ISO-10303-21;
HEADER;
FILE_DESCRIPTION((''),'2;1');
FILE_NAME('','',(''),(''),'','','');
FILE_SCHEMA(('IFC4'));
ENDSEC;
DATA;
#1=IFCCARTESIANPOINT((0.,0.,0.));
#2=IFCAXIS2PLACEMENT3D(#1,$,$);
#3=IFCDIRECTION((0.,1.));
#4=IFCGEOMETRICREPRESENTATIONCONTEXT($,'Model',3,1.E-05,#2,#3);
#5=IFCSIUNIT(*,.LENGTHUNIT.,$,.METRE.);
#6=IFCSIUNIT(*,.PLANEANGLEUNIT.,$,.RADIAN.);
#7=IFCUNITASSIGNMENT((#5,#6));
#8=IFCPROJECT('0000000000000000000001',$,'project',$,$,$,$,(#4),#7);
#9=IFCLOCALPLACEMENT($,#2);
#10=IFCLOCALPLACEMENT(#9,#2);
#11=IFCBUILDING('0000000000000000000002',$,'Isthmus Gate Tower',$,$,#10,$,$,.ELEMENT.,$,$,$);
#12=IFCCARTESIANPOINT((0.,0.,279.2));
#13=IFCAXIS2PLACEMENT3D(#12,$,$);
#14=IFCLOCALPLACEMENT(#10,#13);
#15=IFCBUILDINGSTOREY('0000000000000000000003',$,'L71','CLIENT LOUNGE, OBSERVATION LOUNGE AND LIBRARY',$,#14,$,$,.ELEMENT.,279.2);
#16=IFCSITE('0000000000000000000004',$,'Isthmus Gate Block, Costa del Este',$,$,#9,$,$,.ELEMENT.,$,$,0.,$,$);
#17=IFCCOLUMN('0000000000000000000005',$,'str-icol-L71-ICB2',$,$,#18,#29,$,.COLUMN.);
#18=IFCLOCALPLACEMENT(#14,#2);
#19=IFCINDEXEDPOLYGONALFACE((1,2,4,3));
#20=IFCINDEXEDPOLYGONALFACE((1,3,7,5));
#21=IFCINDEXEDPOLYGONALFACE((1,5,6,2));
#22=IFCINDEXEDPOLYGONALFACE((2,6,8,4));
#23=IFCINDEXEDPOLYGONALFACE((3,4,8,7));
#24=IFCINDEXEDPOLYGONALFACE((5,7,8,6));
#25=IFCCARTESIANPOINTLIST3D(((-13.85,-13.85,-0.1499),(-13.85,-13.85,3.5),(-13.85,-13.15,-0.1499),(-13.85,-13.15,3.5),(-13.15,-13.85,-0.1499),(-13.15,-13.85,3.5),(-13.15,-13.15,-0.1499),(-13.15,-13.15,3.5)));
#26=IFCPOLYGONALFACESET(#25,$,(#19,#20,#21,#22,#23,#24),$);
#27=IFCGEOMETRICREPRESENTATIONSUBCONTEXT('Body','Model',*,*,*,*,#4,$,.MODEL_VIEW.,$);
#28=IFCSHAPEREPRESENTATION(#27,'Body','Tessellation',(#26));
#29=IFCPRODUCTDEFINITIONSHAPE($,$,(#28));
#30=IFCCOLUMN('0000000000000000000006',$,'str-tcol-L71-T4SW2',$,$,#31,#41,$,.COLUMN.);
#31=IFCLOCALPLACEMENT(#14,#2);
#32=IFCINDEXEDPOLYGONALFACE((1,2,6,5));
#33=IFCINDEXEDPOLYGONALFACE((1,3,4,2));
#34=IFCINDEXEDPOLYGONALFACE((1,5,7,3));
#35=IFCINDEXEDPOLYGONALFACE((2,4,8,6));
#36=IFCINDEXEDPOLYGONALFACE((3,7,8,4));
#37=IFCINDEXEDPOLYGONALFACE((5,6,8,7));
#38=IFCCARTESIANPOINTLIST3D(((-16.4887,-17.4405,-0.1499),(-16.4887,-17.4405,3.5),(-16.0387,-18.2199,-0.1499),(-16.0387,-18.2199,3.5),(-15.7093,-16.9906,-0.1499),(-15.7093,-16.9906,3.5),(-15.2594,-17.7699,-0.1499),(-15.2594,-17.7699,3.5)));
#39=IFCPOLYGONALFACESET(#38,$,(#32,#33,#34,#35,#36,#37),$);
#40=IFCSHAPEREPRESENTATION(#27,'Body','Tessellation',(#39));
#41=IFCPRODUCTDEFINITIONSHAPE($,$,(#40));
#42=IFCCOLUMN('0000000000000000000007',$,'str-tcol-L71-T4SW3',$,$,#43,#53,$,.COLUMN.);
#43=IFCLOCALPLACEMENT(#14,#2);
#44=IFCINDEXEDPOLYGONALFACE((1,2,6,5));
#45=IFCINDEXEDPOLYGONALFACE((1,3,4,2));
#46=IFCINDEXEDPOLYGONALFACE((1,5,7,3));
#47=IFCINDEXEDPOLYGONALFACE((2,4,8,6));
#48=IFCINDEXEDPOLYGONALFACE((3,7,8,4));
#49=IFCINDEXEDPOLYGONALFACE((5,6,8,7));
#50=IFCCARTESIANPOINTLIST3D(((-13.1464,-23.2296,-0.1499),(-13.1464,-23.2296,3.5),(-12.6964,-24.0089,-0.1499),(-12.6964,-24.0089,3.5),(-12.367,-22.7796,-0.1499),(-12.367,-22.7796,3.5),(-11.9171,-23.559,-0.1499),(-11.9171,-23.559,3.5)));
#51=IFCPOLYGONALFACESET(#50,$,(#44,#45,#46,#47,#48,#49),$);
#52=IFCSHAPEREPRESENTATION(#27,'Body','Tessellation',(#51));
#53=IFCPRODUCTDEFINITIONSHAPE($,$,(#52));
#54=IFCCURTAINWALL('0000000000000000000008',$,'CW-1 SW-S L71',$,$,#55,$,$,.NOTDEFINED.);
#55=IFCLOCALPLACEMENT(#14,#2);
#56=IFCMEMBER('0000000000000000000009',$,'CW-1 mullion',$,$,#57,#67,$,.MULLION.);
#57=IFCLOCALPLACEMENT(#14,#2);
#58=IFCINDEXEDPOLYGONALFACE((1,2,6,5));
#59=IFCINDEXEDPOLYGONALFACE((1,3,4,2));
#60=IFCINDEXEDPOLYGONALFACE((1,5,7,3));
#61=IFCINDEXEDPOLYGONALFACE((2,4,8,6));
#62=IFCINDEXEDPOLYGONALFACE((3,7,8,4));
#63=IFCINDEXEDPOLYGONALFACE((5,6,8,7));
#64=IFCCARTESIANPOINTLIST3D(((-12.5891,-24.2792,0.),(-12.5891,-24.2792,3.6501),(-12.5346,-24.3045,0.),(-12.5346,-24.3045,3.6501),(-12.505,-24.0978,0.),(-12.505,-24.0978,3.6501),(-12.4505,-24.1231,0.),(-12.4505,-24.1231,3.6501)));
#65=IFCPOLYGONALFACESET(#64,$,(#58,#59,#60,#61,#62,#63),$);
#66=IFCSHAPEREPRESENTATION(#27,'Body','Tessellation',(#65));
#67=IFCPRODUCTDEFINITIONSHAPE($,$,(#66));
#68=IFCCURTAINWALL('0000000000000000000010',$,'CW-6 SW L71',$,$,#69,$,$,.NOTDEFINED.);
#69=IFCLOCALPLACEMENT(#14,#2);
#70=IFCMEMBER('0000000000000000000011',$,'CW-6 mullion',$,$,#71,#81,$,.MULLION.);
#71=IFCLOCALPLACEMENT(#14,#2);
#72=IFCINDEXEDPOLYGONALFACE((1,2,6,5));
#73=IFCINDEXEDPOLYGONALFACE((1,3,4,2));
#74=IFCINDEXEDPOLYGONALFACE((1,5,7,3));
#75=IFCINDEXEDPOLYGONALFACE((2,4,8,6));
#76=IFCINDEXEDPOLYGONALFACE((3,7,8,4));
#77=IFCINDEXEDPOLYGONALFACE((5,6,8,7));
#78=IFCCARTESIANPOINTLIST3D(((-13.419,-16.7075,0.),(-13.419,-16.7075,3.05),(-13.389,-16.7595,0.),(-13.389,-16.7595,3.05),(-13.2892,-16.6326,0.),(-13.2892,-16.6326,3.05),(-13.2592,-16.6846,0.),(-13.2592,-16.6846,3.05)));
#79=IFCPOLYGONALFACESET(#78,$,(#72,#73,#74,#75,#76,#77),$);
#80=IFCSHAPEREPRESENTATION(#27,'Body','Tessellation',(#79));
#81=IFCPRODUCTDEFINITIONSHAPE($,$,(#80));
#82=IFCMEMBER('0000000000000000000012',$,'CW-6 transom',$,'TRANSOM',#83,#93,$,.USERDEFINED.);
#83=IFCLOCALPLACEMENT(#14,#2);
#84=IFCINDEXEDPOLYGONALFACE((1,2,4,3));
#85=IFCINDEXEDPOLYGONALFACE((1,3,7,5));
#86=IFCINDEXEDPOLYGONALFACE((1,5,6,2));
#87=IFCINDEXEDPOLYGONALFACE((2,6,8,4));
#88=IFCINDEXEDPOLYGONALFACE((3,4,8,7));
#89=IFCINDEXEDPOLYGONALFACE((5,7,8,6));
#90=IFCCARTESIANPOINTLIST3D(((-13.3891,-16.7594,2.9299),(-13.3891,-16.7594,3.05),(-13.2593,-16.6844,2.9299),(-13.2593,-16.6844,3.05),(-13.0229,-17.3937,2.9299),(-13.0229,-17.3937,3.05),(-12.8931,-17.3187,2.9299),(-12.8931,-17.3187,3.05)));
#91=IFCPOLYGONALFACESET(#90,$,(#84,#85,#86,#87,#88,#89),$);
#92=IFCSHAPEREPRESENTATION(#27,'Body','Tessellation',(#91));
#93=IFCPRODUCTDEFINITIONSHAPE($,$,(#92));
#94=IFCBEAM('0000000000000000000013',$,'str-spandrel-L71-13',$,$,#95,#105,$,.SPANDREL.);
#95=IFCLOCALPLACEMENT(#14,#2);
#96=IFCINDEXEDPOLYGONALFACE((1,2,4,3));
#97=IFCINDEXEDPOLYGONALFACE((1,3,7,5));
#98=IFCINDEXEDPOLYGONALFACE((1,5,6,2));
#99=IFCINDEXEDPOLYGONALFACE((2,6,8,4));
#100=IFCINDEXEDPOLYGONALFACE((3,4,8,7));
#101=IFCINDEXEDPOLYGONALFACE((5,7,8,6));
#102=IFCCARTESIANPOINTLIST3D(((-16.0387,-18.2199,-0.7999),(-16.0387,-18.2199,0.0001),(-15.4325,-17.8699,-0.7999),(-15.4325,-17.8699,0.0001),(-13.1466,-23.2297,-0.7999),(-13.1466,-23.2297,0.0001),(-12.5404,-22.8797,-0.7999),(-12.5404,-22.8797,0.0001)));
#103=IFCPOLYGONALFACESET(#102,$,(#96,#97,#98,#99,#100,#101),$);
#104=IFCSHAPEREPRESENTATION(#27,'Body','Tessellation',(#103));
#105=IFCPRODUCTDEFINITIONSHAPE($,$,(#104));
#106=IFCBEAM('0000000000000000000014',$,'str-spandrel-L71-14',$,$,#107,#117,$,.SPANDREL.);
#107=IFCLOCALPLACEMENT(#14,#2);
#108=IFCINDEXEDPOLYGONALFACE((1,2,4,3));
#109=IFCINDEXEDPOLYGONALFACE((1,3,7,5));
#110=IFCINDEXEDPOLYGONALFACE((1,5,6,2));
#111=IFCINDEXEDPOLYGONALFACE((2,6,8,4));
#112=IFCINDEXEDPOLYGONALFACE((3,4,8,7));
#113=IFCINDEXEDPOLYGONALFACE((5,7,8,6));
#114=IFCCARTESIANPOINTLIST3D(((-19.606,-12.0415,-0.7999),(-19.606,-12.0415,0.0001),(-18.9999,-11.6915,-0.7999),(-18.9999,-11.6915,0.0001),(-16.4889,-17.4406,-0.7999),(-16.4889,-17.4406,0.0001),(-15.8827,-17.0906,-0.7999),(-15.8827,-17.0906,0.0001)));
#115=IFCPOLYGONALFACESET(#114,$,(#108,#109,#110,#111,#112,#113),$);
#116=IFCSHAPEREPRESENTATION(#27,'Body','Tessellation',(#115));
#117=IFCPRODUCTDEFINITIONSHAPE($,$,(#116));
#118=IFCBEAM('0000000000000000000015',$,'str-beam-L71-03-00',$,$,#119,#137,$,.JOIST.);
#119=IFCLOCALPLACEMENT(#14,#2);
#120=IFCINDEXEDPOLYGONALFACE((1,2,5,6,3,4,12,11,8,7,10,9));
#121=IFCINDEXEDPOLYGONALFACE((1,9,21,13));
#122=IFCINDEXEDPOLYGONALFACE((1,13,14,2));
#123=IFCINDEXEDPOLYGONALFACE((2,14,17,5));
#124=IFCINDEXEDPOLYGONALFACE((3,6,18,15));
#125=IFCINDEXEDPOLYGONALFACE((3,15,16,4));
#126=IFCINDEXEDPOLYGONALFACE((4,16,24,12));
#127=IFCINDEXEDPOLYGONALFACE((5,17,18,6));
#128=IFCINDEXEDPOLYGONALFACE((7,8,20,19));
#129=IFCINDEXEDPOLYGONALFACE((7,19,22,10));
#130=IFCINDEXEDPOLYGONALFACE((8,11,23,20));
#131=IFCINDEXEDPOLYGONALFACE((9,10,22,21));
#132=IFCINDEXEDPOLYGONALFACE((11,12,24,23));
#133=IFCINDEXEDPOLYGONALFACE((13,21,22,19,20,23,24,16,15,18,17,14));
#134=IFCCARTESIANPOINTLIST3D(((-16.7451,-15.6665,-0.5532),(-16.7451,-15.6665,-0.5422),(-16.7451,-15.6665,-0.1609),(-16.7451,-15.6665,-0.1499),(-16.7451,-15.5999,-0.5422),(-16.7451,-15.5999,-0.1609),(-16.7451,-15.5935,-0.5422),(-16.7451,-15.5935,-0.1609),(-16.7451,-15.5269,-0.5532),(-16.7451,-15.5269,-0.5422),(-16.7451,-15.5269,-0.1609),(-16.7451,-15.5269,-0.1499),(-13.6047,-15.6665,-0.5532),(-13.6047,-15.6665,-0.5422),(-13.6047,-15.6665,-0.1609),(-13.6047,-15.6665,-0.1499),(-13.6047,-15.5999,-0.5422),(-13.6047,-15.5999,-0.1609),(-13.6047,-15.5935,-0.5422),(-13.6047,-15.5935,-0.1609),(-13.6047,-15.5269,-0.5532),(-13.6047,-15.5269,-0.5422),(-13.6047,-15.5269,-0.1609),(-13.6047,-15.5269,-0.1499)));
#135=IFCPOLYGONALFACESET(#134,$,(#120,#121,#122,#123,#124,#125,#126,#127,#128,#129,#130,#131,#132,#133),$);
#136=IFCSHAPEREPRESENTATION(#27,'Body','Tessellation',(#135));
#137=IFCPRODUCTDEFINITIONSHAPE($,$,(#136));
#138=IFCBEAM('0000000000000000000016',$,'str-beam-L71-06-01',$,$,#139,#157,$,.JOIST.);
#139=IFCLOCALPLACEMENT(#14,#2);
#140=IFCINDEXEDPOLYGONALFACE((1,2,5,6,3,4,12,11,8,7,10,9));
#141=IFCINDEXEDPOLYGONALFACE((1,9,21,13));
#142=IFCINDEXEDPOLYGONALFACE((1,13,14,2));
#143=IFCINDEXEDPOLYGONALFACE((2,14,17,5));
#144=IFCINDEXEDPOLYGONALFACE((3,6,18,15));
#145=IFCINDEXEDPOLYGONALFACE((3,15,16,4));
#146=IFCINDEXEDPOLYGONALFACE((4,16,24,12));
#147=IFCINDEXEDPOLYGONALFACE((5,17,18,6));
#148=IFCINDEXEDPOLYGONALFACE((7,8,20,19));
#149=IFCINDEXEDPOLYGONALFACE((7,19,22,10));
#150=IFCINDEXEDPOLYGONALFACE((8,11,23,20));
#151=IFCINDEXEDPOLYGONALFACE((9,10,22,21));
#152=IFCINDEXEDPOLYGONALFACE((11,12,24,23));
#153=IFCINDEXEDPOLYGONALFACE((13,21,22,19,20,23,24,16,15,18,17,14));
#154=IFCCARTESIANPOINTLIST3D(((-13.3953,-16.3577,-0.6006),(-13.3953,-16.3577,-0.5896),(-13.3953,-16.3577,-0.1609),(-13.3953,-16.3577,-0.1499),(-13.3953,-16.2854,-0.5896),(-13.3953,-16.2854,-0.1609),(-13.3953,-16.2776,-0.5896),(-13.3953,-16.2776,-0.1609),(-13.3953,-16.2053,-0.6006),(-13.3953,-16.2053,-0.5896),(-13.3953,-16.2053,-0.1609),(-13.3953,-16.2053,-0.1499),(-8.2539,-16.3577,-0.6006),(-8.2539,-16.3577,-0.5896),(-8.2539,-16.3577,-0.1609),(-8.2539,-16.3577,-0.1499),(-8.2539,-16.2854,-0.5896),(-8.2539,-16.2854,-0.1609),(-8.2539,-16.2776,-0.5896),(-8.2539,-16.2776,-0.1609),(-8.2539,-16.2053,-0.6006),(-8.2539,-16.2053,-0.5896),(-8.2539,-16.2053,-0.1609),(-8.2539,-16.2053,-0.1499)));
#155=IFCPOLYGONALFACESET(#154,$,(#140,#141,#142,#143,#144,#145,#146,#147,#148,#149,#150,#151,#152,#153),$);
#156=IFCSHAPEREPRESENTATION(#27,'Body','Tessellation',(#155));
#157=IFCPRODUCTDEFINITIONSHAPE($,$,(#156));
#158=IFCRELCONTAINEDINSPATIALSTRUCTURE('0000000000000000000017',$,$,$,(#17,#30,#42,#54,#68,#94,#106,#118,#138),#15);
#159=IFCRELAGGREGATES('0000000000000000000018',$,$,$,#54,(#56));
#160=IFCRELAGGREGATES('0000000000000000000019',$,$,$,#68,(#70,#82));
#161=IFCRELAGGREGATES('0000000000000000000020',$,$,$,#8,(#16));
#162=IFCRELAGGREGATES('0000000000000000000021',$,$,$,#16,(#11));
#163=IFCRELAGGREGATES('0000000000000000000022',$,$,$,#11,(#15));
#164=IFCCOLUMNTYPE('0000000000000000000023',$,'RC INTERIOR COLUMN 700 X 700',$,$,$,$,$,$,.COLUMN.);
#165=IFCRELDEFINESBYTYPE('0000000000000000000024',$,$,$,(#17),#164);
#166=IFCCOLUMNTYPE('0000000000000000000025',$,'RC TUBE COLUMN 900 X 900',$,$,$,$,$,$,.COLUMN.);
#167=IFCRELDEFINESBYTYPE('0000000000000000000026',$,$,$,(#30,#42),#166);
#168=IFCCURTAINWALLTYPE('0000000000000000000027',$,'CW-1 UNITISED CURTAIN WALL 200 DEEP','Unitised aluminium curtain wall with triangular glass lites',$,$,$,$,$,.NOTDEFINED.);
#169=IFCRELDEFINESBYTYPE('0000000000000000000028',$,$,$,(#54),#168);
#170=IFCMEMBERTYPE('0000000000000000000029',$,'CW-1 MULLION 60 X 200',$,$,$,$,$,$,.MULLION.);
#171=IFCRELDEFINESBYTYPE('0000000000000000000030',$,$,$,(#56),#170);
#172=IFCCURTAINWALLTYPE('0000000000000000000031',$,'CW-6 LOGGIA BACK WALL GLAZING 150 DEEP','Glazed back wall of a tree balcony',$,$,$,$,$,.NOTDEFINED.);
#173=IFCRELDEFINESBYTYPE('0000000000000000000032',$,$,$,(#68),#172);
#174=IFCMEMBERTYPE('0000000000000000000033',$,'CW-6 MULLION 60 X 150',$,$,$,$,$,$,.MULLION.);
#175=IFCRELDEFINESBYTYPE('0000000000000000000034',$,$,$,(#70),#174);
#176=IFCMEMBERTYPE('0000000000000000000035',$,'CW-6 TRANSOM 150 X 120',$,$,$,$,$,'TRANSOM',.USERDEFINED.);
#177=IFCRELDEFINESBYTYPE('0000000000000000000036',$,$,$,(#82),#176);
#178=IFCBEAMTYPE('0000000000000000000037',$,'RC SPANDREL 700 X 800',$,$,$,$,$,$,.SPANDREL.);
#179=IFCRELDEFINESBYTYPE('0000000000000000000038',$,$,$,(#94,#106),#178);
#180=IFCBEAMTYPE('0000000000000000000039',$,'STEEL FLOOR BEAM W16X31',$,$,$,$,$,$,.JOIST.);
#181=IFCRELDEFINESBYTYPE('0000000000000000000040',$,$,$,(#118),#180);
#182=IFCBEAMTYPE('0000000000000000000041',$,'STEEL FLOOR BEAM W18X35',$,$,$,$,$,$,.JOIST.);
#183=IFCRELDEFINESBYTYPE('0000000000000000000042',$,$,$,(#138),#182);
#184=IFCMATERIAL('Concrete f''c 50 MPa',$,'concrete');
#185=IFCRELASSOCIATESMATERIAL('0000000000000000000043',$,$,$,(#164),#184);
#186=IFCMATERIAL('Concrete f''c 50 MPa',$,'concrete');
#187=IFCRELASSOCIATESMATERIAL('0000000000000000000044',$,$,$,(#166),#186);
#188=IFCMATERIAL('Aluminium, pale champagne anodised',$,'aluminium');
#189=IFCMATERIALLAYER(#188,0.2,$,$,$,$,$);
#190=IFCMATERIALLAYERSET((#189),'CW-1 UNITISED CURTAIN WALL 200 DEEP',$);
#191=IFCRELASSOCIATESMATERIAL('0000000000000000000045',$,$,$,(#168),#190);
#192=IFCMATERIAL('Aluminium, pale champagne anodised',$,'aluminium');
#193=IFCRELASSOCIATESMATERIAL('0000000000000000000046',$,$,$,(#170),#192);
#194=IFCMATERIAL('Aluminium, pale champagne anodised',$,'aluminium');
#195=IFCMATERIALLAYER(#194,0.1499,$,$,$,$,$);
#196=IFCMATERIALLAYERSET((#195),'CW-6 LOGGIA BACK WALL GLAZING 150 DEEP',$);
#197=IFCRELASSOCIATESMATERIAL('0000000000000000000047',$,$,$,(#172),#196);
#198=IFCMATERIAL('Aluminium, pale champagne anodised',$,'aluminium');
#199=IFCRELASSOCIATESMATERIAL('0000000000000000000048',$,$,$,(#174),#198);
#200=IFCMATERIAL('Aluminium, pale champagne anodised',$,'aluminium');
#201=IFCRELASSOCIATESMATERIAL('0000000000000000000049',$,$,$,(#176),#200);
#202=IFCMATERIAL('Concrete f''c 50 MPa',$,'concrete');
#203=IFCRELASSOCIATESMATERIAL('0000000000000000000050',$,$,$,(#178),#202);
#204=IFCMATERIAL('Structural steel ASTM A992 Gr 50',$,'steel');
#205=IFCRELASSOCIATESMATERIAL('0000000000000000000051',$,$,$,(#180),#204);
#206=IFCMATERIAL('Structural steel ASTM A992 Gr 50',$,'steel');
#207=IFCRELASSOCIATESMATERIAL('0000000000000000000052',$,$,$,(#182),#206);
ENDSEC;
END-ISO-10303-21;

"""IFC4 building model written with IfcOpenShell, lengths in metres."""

from ifc_helpers import new_model, si_unit, direction, frame, origin, origin_2d, place, context, subcontext, project, spatial, rectangle, i_section, extrude, material, layer, layer_set, material_profile, profile_set, type_object, element, aggregate, save


model = new_model("IFC4")

# Units and contexts
model_context = context("Model", 3, precision=1e-05, world=origin(), true_north=direction((0.0, 1.0)))
body_context = subcontext(model_context, "Body", "Model", "MODEL_VIEW")
ifc_project = project(units=[si_unit("LENGTHUNIT", "METRE"), si_unit("PLANEANGLEUNIT", "RADIAN")], contexts=[model_context])

# Site, building, storey
site_placement = place(None, origin())
site = spatial("IfcSite", under=ifc_project, at=site_placement, Name="Isthmus Gate Block, Costa del Este", CompositionType="ELEMENT", RefElevation=0.0)
building_placement = place(site_placement, origin())
building = spatial("IfcBuilding", under=site, at=building_placement, Name="Isthmus Gate Tower", CompositionType="ELEMENT")
storey_placement = place(building_placement, frame((0.0, 0.0, 279.2)))
storey = spatial("IfcBuildingStorey", under=building, at=storey_placement, Name="L71", Description="CLIENT LOUNGE, OBSERVATION LOUNGE AND LIBRARY", CompositionType="ELEMENT", Elevation=279.2)

# Columns
ifc_material_1 = material(Name="Concrete f'c 50 MPa", Category="concrete")
ifc_material_profile_1 = material_profile(ifc_material_1, rectangle(XDim=0.7, YDim=0.7, at=origin_2d()), Name="RC 700X700")
ifc_profile_set_1 = profile_set([ifc_material_profile_1], Name="Concrete f'c 50 MPa")
column_type_1 = type_object("IfcColumnType", Name="RC INTERIOR COLUMN 700 X 700", PredefinedType="COLUMN", material=ifc_profile_set_1)
column_placement = place(storey_placement, frame((-13.5, -13.5, -0.1499), z_axis=(0.0, 0.0, 1.0), x_axis=(1.0, 0.0, 0.0)))
element("IfcColumn", 1, at=column_placement, inside=storey, type_object=column_type_1, Name="str-icol-L71-ICB2", PredefinedType="COLUMN", context=body_context, shape_type="SweptSolid", body=[
    extrude(rectangle(XDim=0.7, YDim=0.7, at=origin_2d()), origin(), (0.0, 0.0, 1.0), 3.6499),
])
ifc_material_2 = material(Name="Concrete f'c 50 MPa", Category="concrete")
ifc_material_profile_2 = material_profile(ifc_material_2, rectangle(XDim=0.8999, YDim=0.8999, at=origin_2d()), Name="RC 900X900")
ifc_profile_set_2 = profile_set([ifc_material_profile_2], Name="Concrete f'c 50 MPa")
column_type_2 = type_object("IfcColumnType", Name="RC TUBE COLUMN 900 X 900", PredefinedType="COLUMN", material=ifc_profile_set_2)
for number, where, z_axis, x_axis, name in (
    (2, (-15.874, -17.6052, -0.1499), (0.0, 0.0, 1.0), (0.5, -0.866025, 0.0), "str-tcol-L71-T4SW2"),
    (3, (-12.5317, -23.3943, -0.1499), (0.0, 0.0, 1.0), (0.5, -0.866025, 0.0), "str-tcol-L71-T4SW3"),
):
    element("IfcColumn", number, at=place(storey_placement, frame(where, z_axis=z_axis, x_axis=x_axis)), inside=storey, type_object=column_type_2, Name=name, PredefinedType="COLUMN", context=body_context, shape_type="SweptSolid", body=[
        extrude(rectangle(XDim=0.8999, YDim=0.8999, at=origin_2d()), origin(), (0.0, 0.0, 1.0), 3.6499),
    ])

# Curtain wall, member
ifc_material_3 = material(Name="Aluminium, pale champagne anodised", Category="aluminium")
ifc_layer_1 = layer(ifc_material_3, 0.2)
ifc_layer_set_1 = layer_set([ifc_layer_1], Name="CW-1 UNITISED CURTAIN WALL 200 DEEP")
curtain_wall_type_1 = type_object("IfcCurtainWallType", Name="CW-1 UNITISED CURTAIN WALL 200 DEEP", Description="Unitised aluminium curtain wall with triangular glass lites", PredefinedType="NOTDEFINED", material=ifc_layer_set_1)
curtain_wall_1_placement = place(storey_placement, origin())
curtain_wall_1 = element("IfcCurtainWall", 4, at=curtain_wall_1_placement, inside=storey, type_object=curtain_wall_type_1, Name="CW-1 SW-S L71", PredefinedType="NOTDEFINED")
ifc_material_4 = material(Name="Aluminium, pale champagne anodised", Category="aluminium")
ifc_material_profile_3 = material_profile(ifc_material_4, rectangle(XDim=0.0601, YDim=0.2, at=origin_2d()), Name="60x200")
ifc_profile_set_3 = profile_set([ifc_material_profile_3], Name="Aluminium, pale champagne anodised")
member_type_1 = type_object("IfcMemberType", Name="CW-1 MULLION 60 X 200", PredefinedType="MULLION", material=ifc_profile_set_3)
member_1_placement = place(storey_placement, frame((-12.5198, -24.2012, 0.0), z_axis=(0.0, 0.0, 1.0), x_axis=(0.907256, -0.420578, 0.0)))
member_1 = element("IfcMember", 5, at=member_1_placement, type_object=member_type_1, Name="CW-1 mullion", PredefinedType="MULLION", context=body_context, shape_type="SweptSolid", body=[
    extrude(rectangle(XDim=0.0601, YDim=0.2, at=origin_2d()), origin(), (0.0, 0.0, 1.0), 3.6501),
])
aggregate(curtain_wall_1, [member_1])

# Curtain wall, members
ifc_material_5 = material(Name="Aluminium, pale champagne anodised", Category="aluminium")
ifc_layer_2 = layer(ifc_material_5, 0.1499)
ifc_layer_set_2 = layer_set([ifc_layer_2], Name="CW-6 LOGGIA BACK WALL GLAZING 150 DEEP")
curtain_wall_type_2 = type_object("IfcCurtainWallType", Name="CW-6 LOGGIA BACK WALL GLAZING 150 DEEP", Description="Glazed back wall of a tree balcony", PredefinedType="NOTDEFINED", material=ifc_layer_set_2)
curtain_wall_2_placement = place(storey_placement, origin())
curtain_wall_2 = element("IfcCurtainWall", 6, at=curtain_wall_2_placement, inside=storey, type_object=curtain_wall_type_2, Name="CW-6 SW L71", PredefinedType="NOTDEFINED")
ifc_material_6 = material(Name="Aluminium, pale champagne anodised", Category="aluminium")
ifc_material_profile_4 = material_profile(ifc_material_6, rectangle(XDim=0.0601, YDim=0.1499, at=origin_2d()), Name="60x150")
ifc_profile_set_4 = profile_set([ifc_material_profile_4], Name="Aluminium, pale champagne anodised")
member_type_2 = type_object("IfcMemberType", Name="CW-6 MULLION 60 X 150", PredefinedType="MULLION", material=ifc_profile_set_4)
member_2_placement = place(storey_placement, frame((-13.3391, -16.696, 0.0), z_axis=(0.0, 0.0, 1.0), x_axis=(0.5, -0.866025, 0.0)))
member_2 = element("IfcMember", 7, at=member_2_placement, type_object=member_type_2, Name="CW-6 mullion", PredefinedType="MULLION", context=body_context, shape_type="SweptSolid", body=[
    extrude(rectangle(XDim=0.0601, YDim=0.1499, at=origin_2d()), origin(), (0.0, 0.0, 1.0), 3.05),
])
ifc_material_7 = material(Name="Aluminium, pale champagne anodised", Category="aluminium")
ifc_material_profile_5 = material_profile(ifc_material_7, rectangle(XDim=0.1499, YDim=0.1201, at=origin_2d()), Name="150x120")
ifc_profile_set_5 = profile_set([ifc_material_profile_5], Name="Aluminium, pale champagne anodised")
member_type_3 = type_object("IfcMemberType", Name="CW-6 TRANSOM 150 X 120", ElementType="TRANSOM", PredefinedType="USERDEFINED", material=ifc_profile_set_5)
member_3_placement = place(storey_placement, frame((-13.3242, -16.7219, 2.99), z_axis=(0.500011, -0.866019, 0.0), x_axis=(0.866019, 0.500011, 0.0)))
member_3 = element("IfcMember", 8, at=member_3_placement, type_object=member_type_3, Name="CW-6 transom", ObjectType="TRANSOM", PredefinedType="USERDEFINED", context=body_context, shape_type="SweptSolid", body=[
    extrude(rectangle(XDim=0.1499, YDim=0.1201, at=origin_2d()), origin(), (0.0, 0.0, 1.0), 0.7324),
])

# Beams
ifc_material_8 = material(Name="Concrete f'c 50 MPa", Category="concrete")
ifc_material_profile_6 = material_profile(ifc_material_8, rectangle(XDim=0.7, YDim=0.8, at=origin_2d()), Name="RC 700X800")
ifc_profile_set_6 = profile_set([ifc_material_profile_6], Name="Concrete f'c 50 MPa")
beam_type_1 = type_object("IfcBeamType", Name="RC SPANDREL 700 X 800", PredefinedType="SPANDREL", material=ifc_profile_set_6)
beam_1_placement = place(storey_placement, frame((-12.8435, -23.0547, -0.3999), z_axis=(-0.499961, 0.866048, 0.0), x_axis=(-0.866048, -0.499961, 0.0)))
element("IfcBeam", 9, at=beam_1_placement, inside=storey, type_object=beam_type_1, Name="str-spandrel-L71-13", PredefinedType="SPANDREL", context=body_context, shape_type="SweptSolid", body=[
    extrude(rectangle(XDim=0.7, YDim=0.8, at=origin_2d()), origin(), (0.0, 0.0, 1.0), 5.7847),
])
beam_2_placement = place(storey_placement, frame((-16.1858, -17.2656, -0.3999), z_axis=(-0.499997, 0.866027, 0.0), x_axis=(-0.866027, -0.499997, 0.0)))
element("IfcBeam", 10, at=beam_2_placement, inside=storey, type_object=beam_type_1, Name="str-spandrel-L71-14", PredefinedType="SPANDREL", context=body_context, shape_type="SweptSolid", body=[
    extrude(rectangle(XDim=0.7, YDim=0.8, at=origin_2d()), origin(), (0.0, 0.0, 1.0), 6.2344),
])
ifc_material_9 = material(Name="Structural steel ASTM A992 Gr 50", Category="steel")
ifc_material_profile_7 = material_profile(ifc_material_9, i_section(OverallWidth=0.1396, OverallDepth=0.4033, WebThickness=0.0063, FlangeThickness=0.011, at=origin_2d()), Name="W16X31")
ifc_profile_set_7 = profile_set([ifc_material_profile_7], Name="Structural steel ASTM A992 Gr 50")
beam_type_2 = type_object("IfcBeamType", Name="STEEL FLOOR BEAM W16X31", PredefinedType="JOIST", material=ifc_profile_set_7)
beam_3_placement = place(storey_placement, frame((-16.7451, -15.5967, -0.3516), z_axis=(1.0, 0.0, 0.0), x_axis=(0.0, 1.0, 0.0)))
element("IfcBeam", 11, at=beam_3_placement, inside=storey, type_object=beam_type_2, Name="str-beam-L71-03-00", PredefinedType="JOIST", context=body_context, shape_type="SweptSolid", body=[
    extrude(i_section(OverallWidth=0.1396, OverallDepth=0.4033, WebThickness=0.0063, FlangeThickness=0.011, at=origin_2d()), origin(), (0.0, 0.0, 1.0), 3.1404),
])
ifc_material_10 = material(Name="Structural steel ASTM A992 Gr 50", Category="steel")
ifc_material_profile_8 = material_profile(ifc_material_10, i_section(OverallWidth=0.1523, OverallDepth=0.4507, WebThickness=0.0078, FlangeThickness=0.011, at=origin_2d()), Name="W18X35")
ifc_profile_set_8 = profile_set([ifc_material_profile_8], Name="Structural steel ASTM A992 Gr 50")
beam_type_3 = type_object("IfcBeamType", Name="STEEL FLOOR BEAM W18X35", PredefinedType="JOIST", material=ifc_profile_set_8)
beam_4_placement = place(storey_placement, frame((-13.3953, -16.2815, -0.3752), z_axis=(1.0, 0.0, 0.0), x_axis=(0.0, 1.0, 0.0)))
element("IfcBeam", 12, at=beam_4_placement, inside=storey, type_object=beam_type_3, Name="str-beam-L71-06-01", PredefinedType="JOIST", context=body_context, shape_type="SweptSolid", body=[
    extrude(i_section(OverallWidth=0.1523, OverallDepth=0.4507, WebThickness=0.0078, FlangeThickness=0.011, at=origin_2d()), origin(), (0.0, 0.0, 1.0), 5.1414),
])

aggregate(curtain_wall_2, [member_2, member_3])

save(model, "model.ifc")
